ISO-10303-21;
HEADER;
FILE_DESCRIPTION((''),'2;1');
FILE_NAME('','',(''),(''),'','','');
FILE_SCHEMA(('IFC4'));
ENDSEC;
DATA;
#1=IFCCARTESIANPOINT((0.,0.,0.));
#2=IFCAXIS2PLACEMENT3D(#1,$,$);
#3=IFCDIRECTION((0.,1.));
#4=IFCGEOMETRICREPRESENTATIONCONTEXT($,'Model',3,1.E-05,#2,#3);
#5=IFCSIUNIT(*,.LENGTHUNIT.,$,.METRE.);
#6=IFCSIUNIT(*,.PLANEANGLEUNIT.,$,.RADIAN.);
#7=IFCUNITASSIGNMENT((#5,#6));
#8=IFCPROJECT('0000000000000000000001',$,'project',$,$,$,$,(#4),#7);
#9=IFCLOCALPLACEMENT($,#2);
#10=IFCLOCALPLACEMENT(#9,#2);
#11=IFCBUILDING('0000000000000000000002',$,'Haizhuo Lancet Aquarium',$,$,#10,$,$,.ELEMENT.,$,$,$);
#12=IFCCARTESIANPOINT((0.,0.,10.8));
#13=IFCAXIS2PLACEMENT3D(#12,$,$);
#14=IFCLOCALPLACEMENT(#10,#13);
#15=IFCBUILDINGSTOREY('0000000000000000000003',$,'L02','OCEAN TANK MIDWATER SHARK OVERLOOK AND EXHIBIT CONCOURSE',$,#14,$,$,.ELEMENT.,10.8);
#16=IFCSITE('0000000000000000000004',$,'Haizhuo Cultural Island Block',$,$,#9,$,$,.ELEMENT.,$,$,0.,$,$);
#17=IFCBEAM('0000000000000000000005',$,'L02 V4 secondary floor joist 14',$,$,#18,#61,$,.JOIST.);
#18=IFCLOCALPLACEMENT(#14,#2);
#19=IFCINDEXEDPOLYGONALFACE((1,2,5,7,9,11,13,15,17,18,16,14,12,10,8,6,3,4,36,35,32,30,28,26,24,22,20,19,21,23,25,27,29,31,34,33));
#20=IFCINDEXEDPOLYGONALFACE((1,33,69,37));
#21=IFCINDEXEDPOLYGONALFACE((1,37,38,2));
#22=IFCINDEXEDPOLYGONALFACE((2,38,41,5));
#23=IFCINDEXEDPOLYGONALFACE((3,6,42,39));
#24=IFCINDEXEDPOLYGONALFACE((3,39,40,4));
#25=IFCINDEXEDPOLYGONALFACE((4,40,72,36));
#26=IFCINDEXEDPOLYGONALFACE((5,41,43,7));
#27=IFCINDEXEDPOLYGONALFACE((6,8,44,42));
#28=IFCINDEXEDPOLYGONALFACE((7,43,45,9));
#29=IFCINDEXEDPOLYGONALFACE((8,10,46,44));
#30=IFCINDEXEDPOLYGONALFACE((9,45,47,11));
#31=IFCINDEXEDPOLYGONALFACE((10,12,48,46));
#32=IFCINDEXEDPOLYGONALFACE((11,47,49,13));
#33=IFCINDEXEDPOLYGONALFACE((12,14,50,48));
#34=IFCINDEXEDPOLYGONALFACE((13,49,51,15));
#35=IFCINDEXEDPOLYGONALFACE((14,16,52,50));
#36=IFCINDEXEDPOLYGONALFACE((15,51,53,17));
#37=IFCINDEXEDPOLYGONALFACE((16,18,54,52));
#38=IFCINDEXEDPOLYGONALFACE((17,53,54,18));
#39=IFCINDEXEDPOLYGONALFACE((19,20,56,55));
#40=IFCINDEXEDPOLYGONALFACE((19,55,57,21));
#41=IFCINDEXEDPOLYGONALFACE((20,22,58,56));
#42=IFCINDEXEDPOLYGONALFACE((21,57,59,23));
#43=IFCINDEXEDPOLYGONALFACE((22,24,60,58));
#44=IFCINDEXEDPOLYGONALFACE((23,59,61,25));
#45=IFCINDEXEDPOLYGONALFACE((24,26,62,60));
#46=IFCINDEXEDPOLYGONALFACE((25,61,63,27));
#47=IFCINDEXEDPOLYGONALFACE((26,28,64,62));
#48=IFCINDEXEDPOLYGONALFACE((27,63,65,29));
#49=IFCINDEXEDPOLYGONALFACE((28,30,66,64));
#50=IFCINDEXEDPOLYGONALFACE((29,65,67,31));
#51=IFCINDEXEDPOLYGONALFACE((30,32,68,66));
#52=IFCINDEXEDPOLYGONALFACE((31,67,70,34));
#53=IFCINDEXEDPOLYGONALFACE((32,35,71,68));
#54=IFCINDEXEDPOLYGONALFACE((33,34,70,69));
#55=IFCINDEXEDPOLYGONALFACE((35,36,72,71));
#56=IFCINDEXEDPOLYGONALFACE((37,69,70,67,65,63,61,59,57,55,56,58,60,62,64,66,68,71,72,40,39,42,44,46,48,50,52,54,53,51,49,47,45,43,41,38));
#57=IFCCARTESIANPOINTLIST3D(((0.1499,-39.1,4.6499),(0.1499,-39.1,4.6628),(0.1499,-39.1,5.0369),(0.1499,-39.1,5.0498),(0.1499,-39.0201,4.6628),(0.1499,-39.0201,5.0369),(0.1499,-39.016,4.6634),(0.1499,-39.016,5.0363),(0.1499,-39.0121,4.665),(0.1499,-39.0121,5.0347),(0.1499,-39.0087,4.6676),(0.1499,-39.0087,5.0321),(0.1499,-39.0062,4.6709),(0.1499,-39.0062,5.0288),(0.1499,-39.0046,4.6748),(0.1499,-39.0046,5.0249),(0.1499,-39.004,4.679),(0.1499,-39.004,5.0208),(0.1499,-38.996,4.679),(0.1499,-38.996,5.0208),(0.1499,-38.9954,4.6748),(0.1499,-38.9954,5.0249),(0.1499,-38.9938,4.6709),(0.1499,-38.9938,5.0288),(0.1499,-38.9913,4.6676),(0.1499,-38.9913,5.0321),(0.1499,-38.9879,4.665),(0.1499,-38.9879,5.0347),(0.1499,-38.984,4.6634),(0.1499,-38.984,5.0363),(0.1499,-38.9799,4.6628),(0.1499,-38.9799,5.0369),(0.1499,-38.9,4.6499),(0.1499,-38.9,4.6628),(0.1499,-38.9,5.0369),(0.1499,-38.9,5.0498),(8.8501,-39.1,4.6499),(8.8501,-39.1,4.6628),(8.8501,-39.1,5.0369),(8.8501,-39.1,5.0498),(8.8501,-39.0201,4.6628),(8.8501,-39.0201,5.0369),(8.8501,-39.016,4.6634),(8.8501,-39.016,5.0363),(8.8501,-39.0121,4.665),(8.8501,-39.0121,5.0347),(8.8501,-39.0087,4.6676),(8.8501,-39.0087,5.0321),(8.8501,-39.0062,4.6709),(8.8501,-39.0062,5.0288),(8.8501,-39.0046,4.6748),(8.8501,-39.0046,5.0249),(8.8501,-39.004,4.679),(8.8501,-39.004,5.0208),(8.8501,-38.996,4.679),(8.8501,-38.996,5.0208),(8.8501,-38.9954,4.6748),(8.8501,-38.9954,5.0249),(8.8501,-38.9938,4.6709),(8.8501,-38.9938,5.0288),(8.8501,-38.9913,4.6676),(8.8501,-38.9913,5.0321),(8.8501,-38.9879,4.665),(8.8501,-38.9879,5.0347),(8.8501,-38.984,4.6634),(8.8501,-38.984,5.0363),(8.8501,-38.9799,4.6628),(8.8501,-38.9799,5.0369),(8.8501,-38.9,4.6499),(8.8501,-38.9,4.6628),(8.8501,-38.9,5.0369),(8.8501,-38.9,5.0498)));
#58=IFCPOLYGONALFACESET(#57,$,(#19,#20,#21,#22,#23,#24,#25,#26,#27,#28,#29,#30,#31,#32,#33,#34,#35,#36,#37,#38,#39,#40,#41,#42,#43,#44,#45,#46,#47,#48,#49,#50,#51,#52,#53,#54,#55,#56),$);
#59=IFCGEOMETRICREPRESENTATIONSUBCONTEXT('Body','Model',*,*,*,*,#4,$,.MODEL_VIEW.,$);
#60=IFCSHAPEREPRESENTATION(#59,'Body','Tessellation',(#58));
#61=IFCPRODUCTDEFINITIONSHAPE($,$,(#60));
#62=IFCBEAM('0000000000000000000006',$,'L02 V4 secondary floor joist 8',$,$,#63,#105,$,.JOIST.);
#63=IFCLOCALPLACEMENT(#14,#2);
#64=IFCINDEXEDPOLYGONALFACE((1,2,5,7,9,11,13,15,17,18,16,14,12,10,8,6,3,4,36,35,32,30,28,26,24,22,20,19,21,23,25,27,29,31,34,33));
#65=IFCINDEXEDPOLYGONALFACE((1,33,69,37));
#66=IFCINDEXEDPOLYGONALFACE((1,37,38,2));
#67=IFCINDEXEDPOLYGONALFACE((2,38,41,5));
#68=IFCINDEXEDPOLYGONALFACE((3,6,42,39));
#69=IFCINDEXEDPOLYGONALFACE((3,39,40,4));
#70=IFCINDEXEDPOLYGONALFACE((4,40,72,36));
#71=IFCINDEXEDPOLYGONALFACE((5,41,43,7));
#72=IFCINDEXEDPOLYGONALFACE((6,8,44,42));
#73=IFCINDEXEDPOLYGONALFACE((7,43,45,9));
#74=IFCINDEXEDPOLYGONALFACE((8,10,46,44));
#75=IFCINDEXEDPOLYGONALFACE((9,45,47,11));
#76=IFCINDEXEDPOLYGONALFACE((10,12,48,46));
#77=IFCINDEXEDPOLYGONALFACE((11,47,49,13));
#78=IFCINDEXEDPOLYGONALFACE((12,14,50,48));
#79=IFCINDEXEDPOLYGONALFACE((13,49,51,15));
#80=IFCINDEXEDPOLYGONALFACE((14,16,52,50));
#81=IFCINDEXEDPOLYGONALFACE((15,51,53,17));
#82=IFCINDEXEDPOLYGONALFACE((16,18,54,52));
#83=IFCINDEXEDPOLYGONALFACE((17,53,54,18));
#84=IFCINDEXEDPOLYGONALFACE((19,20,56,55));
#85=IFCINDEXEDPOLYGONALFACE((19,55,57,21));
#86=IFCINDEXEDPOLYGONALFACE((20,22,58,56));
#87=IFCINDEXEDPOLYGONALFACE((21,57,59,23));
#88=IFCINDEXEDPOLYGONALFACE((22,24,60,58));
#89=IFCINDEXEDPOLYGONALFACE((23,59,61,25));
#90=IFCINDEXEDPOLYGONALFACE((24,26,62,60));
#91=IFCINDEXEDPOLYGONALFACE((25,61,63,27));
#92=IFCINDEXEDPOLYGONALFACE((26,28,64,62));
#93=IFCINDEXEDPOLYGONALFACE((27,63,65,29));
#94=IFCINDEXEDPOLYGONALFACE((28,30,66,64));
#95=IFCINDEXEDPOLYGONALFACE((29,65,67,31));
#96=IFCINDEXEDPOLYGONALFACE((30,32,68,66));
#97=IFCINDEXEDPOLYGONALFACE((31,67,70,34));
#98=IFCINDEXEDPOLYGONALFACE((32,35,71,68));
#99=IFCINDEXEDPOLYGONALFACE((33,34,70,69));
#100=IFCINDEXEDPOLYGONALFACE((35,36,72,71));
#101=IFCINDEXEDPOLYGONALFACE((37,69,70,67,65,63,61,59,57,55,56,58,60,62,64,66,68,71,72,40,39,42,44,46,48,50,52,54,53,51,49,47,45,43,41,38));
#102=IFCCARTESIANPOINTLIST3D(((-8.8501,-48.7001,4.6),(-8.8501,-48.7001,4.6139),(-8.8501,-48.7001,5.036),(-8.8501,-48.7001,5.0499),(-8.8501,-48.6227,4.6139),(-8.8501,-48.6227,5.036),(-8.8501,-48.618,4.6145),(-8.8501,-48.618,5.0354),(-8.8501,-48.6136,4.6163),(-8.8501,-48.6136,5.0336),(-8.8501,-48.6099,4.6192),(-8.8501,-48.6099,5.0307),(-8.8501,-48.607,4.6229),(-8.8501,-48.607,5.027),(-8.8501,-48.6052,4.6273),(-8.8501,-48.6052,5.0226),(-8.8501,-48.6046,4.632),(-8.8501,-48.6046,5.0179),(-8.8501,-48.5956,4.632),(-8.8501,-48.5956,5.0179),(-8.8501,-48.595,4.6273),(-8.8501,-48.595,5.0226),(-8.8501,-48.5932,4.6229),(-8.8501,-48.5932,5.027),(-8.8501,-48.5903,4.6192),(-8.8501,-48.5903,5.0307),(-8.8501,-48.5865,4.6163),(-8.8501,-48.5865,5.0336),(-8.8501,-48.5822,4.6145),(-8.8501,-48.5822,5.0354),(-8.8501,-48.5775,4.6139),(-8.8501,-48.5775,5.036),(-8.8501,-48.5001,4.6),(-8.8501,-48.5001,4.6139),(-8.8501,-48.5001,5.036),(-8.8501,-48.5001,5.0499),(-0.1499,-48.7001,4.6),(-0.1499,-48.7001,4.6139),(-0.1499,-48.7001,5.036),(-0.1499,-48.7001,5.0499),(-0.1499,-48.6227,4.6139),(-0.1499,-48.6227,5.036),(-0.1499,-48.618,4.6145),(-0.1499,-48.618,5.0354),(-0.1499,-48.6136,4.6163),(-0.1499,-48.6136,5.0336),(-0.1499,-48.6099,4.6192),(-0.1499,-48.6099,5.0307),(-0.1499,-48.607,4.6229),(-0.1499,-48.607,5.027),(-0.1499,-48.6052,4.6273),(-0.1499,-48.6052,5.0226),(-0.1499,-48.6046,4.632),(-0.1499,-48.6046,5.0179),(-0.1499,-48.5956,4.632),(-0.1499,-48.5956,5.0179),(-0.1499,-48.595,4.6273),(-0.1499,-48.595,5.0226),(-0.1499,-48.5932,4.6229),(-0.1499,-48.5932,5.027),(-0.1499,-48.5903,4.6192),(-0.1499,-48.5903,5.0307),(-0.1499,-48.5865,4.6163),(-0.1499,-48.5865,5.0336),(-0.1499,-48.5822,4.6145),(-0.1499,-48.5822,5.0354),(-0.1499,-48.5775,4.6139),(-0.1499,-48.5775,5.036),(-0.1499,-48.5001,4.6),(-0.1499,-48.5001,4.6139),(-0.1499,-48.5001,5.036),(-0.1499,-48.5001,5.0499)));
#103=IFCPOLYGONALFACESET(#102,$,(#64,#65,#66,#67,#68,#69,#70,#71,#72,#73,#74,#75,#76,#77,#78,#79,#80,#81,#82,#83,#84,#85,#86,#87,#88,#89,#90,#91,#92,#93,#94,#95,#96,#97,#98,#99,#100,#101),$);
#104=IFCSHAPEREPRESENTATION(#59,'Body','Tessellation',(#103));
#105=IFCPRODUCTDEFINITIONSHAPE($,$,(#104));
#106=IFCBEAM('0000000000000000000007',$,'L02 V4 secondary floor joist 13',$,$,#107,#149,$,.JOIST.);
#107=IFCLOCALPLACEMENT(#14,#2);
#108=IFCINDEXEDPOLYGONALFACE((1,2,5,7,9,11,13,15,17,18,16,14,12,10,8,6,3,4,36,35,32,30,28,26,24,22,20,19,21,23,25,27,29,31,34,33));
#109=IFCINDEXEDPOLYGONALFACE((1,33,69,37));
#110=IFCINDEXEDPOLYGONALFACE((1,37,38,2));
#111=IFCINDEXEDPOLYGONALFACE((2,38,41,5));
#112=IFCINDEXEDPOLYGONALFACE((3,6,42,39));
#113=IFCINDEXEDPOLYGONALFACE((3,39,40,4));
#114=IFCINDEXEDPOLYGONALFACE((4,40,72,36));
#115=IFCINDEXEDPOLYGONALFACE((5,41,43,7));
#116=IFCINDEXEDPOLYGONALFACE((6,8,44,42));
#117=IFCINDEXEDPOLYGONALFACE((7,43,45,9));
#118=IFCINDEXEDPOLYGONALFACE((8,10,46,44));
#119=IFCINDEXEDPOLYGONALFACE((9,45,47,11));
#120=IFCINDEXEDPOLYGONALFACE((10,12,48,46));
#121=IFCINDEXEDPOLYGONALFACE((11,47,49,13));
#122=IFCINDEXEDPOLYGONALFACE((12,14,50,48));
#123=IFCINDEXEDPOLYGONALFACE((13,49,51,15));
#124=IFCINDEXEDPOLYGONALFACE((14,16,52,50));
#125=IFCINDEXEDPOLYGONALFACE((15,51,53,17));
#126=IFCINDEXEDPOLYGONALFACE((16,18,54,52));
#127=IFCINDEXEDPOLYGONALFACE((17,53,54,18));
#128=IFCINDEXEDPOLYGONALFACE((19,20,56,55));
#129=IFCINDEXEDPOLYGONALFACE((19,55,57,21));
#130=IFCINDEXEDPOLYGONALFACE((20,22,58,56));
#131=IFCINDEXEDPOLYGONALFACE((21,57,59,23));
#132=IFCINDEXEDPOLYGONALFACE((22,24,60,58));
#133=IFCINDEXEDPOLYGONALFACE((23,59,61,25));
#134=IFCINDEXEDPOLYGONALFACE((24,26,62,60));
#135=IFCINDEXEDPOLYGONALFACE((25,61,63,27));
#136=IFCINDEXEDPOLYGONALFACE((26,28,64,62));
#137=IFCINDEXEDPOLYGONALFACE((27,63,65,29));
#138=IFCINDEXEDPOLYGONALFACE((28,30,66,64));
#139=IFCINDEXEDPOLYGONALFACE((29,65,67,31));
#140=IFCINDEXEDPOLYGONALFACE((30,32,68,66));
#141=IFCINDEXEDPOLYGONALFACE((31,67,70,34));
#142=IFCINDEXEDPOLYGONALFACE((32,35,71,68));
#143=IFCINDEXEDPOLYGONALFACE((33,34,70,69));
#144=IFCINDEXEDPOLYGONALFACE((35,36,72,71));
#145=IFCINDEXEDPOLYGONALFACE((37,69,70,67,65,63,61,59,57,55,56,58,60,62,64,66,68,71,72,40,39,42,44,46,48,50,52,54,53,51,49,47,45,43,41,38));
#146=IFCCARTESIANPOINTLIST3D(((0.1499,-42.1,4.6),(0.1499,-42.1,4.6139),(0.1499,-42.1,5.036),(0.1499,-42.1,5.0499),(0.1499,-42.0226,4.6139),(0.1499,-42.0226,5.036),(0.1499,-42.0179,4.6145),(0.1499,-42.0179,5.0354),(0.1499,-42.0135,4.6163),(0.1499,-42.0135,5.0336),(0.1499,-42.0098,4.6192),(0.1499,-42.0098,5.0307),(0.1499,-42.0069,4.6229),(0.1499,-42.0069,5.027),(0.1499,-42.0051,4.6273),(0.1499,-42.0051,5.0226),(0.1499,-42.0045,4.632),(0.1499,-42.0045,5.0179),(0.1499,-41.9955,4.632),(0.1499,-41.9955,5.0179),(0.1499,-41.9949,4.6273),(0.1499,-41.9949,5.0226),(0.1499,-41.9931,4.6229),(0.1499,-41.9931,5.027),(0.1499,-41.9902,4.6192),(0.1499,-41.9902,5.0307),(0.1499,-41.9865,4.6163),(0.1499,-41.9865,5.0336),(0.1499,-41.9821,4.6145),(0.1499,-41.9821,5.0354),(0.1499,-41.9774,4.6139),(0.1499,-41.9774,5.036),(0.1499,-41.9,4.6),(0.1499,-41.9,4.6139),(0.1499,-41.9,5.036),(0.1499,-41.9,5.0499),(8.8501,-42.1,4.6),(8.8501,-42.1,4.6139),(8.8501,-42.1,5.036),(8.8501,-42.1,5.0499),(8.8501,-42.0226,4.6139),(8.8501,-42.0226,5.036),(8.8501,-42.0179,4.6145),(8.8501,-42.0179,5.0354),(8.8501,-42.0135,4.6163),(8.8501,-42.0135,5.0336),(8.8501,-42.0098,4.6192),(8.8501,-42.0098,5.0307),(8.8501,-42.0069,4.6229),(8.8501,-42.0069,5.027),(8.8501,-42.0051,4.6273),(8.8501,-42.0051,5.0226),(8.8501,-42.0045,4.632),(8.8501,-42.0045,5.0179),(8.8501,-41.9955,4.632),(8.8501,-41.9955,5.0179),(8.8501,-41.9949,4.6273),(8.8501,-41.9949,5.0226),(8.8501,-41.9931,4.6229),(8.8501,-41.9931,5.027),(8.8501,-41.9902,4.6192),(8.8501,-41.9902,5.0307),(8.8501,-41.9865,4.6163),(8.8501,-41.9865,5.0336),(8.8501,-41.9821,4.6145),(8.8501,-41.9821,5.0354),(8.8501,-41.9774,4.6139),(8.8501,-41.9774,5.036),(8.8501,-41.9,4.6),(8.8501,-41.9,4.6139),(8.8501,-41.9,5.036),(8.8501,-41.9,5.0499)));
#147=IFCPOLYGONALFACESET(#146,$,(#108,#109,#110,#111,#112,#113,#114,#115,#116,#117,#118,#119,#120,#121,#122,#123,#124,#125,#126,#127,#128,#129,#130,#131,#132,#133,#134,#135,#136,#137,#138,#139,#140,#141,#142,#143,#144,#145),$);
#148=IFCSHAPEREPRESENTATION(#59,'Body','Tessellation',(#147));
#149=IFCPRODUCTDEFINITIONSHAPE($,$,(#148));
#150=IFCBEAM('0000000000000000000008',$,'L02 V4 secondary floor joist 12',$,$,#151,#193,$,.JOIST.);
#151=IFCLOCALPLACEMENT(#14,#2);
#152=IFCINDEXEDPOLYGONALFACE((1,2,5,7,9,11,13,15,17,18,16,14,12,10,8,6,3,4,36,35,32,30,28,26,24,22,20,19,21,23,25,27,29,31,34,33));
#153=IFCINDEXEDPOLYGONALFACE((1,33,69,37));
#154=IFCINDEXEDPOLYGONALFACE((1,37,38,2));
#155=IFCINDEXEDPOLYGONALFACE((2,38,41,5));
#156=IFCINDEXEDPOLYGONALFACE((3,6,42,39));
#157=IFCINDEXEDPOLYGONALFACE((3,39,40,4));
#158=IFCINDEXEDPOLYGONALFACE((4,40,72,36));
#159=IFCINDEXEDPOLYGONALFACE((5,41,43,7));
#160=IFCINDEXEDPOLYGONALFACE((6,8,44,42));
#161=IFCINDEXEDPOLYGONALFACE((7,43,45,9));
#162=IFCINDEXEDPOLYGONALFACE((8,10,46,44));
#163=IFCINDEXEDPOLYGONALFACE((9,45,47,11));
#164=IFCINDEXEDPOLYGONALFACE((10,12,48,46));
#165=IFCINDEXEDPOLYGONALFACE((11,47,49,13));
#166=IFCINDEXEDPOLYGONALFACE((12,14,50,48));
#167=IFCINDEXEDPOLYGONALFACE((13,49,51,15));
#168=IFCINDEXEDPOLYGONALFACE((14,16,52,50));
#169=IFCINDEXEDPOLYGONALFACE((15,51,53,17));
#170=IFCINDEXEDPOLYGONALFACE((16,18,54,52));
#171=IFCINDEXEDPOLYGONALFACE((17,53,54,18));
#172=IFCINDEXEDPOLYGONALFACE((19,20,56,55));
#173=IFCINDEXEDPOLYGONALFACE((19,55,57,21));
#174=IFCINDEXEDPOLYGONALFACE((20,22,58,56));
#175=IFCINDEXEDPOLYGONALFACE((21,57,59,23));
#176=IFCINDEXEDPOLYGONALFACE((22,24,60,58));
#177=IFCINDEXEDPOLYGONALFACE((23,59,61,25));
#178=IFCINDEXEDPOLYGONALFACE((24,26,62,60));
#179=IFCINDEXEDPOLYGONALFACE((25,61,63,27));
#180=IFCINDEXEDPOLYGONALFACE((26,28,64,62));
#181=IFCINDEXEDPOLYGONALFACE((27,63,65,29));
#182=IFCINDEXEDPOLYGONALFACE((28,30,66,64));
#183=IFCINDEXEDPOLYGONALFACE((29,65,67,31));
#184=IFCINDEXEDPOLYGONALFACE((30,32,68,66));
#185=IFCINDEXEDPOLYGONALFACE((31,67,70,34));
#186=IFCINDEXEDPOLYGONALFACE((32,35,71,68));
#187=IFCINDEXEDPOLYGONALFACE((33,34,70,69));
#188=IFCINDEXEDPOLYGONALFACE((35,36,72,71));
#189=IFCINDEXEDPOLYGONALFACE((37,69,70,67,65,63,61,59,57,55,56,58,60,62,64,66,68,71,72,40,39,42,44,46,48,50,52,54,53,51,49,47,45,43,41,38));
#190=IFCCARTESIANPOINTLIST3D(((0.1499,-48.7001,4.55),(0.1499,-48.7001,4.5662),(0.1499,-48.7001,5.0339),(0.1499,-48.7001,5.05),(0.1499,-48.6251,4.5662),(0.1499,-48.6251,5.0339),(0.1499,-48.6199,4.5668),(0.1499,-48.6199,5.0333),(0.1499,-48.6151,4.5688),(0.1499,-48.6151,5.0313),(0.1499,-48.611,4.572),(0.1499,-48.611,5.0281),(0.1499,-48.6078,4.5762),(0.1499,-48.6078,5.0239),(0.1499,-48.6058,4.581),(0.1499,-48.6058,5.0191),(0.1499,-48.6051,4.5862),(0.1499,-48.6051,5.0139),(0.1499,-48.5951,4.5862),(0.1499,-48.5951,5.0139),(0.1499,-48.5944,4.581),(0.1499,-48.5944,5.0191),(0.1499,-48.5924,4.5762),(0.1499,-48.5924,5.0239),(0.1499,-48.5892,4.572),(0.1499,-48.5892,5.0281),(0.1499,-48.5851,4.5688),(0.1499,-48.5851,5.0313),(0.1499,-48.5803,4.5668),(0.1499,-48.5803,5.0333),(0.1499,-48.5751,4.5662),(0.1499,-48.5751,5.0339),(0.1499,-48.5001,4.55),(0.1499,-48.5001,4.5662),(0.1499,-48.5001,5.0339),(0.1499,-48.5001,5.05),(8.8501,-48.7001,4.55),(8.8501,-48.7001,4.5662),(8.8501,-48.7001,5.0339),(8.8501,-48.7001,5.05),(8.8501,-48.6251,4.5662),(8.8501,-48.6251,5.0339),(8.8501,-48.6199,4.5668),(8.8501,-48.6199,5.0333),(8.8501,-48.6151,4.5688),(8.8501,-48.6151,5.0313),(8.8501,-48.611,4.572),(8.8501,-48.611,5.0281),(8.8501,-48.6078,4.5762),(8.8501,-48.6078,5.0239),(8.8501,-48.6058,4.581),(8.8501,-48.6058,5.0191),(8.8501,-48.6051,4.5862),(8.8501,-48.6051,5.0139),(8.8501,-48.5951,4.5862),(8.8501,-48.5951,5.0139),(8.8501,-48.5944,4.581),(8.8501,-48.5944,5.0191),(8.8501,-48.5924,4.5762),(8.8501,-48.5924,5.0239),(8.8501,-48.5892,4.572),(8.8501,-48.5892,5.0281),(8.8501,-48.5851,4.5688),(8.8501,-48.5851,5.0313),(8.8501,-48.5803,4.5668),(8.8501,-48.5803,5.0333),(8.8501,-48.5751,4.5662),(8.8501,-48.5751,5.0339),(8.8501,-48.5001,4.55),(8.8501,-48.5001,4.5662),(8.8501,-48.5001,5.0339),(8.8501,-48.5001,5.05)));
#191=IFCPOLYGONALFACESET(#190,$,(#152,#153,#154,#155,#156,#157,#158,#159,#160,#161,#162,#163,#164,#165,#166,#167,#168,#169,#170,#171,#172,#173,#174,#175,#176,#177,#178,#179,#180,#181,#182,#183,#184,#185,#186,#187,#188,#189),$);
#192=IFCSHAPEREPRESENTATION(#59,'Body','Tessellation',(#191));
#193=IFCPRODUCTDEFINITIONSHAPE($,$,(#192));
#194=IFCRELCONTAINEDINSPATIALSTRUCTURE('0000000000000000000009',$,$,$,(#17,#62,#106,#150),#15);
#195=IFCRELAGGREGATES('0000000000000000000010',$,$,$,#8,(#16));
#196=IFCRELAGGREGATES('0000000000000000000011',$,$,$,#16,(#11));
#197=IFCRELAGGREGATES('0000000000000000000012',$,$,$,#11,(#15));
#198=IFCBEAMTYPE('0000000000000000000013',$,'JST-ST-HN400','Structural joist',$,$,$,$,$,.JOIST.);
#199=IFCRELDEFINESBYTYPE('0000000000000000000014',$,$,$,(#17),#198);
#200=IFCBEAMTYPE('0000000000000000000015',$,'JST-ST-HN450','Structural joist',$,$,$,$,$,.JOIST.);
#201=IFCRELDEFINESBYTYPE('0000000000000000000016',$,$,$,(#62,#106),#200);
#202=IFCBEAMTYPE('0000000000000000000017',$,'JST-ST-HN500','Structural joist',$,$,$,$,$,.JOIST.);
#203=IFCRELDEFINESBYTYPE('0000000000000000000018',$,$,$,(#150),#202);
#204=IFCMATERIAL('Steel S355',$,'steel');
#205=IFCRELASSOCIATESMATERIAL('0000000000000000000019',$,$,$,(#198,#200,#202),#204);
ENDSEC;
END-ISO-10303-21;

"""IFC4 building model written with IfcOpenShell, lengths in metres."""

from ifc_helpers import new_model, si_unit, direction, frame, origin, origin_2d, place, context, subcontext, project, spatial, i_section, extrude, material, material_profile, profile_set, type_object, element, save


model = new_model("IFC4")

# Units and contexts
model_context = context("Model", 3, precision=1e-05, world=origin(), true_north=direction((0.0, 1.0)))
body_context = subcontext(model_context, "Body", "Model", "MODEL_VIEW")
ifc_project = project(units=[si_unit("LENGTHUNIT", "METRE"), si_unit("PLANEANGLEUNIT", "RADIAN")], contexts=[model_context])

# Site, building, storey
site_placement = place(None, origin())
site = spatial("IfcSite", under=ifc_project, at=site_placement, Name="Haizhuo Cultural Island Block", CompositionType="ELEMENT", RefElevation=0.0)
building_placement = place(site_placement, origin())
building = spatial("IfcBuilding", under=site, at=building_placement, Name="Haizhuo Lancet Aquarium", CompositionType="ELEMENT")
storey_placement = place(building_placement, frame((0.0, 0.0, 10.8)))
storey = spatial("IfcBuildingStorey", under=building, at=storey_placement, Name="L02", Description="OCEAN TANK MIDWATER SHARK OVERLOOK AND EXHIBIT CONCOURSE", CompositionType="ELEMENT", Elevation=10.8)

# Shared definitions
ifc_material_1 = material(Name="Steel S355", Category="steel")

# Beams
ifc_material_profile_1 = material_profile(ifc_material_1, i_section(OverallWidth=0.2, OverallDepth=0.3999, WebThickness=0.0081, FlangeThickness=0.0129, FilletRadius=0.0161, at=origin_2d()), Name="HN 400x200x8x13")
ifc_profile_set_1 = profile_set([ifc_material_profile_1], Name="Steel S355")
beam_type_1 = type_object("IfcBeamType", Name="JST-ST-HN400", Description="Structural joist", PredefinedType="JOIST", material=ifc_profile_set_1)
for number, where, z_axis, x_axis, name in (
    (1, (0.1499, -39.0, 4.8499), (1.0, 0.0, 0.0), (0.0, 1.0, 0.0), "L02 V4 secondary floor joist 14"),
):
    element("IfcBeam", number, at=place(storey_placement, frame(where, z_axis=z_axis, x_axis=x_axis)), inside=storey, type_object=beam_type_1, Name=name, PredefinedType="JOIST", context=body_context, shape_type="SweptSolid", body=[
        extrude(i_section(OverallWidth=0.2, OverallDepth=0.3999, WebThickness=0.0081, FlangeThickness=0.0129, FilletRadius=0.0161, at=origin_2d()), origin(), (0.0, 0.0, 1.0), 8.7002),
    ])
ifc_material_profile_2 = material_profile(ifc_material_1, i_section(OverallWidth=0.2, OverallDepth=0.45, WebThickness=0.009, FlangeThickness=0.0139, FilletRadius=0.0181, at=origin_2d()), Name="HN 450x200x9x14")
ifc_profile_set_2 = profile_set([ifc_material_profile_2], Name="Steel S355")
beam_type_2 = type_object("IfcBeamType", Name="JST-ST-HN450", Description="Structural joist", PredefinedType="JOIST", material=ifc_profile_set_2)
for number, where, z_axis, x_axis, name in (
    (2, (-8.8501, -48.6001, 4.825), (1.0, 0.0, 0.0), (0.0, 1.0, 0.0), "L02 V4 secondary floor joist 8"),
    (3, (0.1499, -42.0, 4.825), (1.0, 0.0, 0.0), (0.0, 1.0, 0.0), "L02 V4 secondary floor joist 13"),
):
    element("IfcBeam", number, at=place(storey_placement, frame(where, z_axis=z_axis, x_axis=x_axis)), inside=storey, type_object=beam_type_2, Name=name, PredefinedType="JOIST", context=body_context, shape_type="SweptSolid", body=[
        extrude(i_section(OverallWidth=0.2, OverallDepth=0.45, WebThickness=0.009, FlangeThickness=0.0139, FilletRadius=0.0181, at=origin_2d()), origin(), (0.0, 0.0, 1.0), 8.7002),
    ])
ifc_material_profile_3 = material_profile(ifc_material_1, i_section(OverallWidth=0.2, OverallDepth=0.5, WebThickness=0.01, FlangeThickness=0.0161, FilletRadius=0.02, at=origin_2d()), Name="HN 500x200x10x16")
ifc_profile_set_3 = profile_set([ifc_material_profile_3], Name="Steel S355")
beam_type_3 = type_object("IfcBeamType", Name="JST-ST-HN500", Description="Structural joist", PredefinedType="JOIST", material=ifc_profile_set_3)
beam_1_placement = place(storey_placement, frame((0.1499, -48.6001, 4.8), z_axis=(1.0, 0.0, 0.0), x_axis=(0.0, 1.0, 0.0)))
element("IfcBeam", 4, at=beam_1_placement, inside=storey, type_object=beam_type_3, Name="L02 V4 secondary floor joist 12", PredefinedType="JOIST", context=body_context, shape_type="SweptSolid", body=[
    extrude(i_section(OverallWidth=0.2, OverallDepth=0.5, WebThickness=0.01, FlangeThickness=0.0161, FilletRadius=0.02, at=origin_2d()), origin(), (0.0, 0.0, 1.0), 8.7002),
])

save(model, "model.ifc")
